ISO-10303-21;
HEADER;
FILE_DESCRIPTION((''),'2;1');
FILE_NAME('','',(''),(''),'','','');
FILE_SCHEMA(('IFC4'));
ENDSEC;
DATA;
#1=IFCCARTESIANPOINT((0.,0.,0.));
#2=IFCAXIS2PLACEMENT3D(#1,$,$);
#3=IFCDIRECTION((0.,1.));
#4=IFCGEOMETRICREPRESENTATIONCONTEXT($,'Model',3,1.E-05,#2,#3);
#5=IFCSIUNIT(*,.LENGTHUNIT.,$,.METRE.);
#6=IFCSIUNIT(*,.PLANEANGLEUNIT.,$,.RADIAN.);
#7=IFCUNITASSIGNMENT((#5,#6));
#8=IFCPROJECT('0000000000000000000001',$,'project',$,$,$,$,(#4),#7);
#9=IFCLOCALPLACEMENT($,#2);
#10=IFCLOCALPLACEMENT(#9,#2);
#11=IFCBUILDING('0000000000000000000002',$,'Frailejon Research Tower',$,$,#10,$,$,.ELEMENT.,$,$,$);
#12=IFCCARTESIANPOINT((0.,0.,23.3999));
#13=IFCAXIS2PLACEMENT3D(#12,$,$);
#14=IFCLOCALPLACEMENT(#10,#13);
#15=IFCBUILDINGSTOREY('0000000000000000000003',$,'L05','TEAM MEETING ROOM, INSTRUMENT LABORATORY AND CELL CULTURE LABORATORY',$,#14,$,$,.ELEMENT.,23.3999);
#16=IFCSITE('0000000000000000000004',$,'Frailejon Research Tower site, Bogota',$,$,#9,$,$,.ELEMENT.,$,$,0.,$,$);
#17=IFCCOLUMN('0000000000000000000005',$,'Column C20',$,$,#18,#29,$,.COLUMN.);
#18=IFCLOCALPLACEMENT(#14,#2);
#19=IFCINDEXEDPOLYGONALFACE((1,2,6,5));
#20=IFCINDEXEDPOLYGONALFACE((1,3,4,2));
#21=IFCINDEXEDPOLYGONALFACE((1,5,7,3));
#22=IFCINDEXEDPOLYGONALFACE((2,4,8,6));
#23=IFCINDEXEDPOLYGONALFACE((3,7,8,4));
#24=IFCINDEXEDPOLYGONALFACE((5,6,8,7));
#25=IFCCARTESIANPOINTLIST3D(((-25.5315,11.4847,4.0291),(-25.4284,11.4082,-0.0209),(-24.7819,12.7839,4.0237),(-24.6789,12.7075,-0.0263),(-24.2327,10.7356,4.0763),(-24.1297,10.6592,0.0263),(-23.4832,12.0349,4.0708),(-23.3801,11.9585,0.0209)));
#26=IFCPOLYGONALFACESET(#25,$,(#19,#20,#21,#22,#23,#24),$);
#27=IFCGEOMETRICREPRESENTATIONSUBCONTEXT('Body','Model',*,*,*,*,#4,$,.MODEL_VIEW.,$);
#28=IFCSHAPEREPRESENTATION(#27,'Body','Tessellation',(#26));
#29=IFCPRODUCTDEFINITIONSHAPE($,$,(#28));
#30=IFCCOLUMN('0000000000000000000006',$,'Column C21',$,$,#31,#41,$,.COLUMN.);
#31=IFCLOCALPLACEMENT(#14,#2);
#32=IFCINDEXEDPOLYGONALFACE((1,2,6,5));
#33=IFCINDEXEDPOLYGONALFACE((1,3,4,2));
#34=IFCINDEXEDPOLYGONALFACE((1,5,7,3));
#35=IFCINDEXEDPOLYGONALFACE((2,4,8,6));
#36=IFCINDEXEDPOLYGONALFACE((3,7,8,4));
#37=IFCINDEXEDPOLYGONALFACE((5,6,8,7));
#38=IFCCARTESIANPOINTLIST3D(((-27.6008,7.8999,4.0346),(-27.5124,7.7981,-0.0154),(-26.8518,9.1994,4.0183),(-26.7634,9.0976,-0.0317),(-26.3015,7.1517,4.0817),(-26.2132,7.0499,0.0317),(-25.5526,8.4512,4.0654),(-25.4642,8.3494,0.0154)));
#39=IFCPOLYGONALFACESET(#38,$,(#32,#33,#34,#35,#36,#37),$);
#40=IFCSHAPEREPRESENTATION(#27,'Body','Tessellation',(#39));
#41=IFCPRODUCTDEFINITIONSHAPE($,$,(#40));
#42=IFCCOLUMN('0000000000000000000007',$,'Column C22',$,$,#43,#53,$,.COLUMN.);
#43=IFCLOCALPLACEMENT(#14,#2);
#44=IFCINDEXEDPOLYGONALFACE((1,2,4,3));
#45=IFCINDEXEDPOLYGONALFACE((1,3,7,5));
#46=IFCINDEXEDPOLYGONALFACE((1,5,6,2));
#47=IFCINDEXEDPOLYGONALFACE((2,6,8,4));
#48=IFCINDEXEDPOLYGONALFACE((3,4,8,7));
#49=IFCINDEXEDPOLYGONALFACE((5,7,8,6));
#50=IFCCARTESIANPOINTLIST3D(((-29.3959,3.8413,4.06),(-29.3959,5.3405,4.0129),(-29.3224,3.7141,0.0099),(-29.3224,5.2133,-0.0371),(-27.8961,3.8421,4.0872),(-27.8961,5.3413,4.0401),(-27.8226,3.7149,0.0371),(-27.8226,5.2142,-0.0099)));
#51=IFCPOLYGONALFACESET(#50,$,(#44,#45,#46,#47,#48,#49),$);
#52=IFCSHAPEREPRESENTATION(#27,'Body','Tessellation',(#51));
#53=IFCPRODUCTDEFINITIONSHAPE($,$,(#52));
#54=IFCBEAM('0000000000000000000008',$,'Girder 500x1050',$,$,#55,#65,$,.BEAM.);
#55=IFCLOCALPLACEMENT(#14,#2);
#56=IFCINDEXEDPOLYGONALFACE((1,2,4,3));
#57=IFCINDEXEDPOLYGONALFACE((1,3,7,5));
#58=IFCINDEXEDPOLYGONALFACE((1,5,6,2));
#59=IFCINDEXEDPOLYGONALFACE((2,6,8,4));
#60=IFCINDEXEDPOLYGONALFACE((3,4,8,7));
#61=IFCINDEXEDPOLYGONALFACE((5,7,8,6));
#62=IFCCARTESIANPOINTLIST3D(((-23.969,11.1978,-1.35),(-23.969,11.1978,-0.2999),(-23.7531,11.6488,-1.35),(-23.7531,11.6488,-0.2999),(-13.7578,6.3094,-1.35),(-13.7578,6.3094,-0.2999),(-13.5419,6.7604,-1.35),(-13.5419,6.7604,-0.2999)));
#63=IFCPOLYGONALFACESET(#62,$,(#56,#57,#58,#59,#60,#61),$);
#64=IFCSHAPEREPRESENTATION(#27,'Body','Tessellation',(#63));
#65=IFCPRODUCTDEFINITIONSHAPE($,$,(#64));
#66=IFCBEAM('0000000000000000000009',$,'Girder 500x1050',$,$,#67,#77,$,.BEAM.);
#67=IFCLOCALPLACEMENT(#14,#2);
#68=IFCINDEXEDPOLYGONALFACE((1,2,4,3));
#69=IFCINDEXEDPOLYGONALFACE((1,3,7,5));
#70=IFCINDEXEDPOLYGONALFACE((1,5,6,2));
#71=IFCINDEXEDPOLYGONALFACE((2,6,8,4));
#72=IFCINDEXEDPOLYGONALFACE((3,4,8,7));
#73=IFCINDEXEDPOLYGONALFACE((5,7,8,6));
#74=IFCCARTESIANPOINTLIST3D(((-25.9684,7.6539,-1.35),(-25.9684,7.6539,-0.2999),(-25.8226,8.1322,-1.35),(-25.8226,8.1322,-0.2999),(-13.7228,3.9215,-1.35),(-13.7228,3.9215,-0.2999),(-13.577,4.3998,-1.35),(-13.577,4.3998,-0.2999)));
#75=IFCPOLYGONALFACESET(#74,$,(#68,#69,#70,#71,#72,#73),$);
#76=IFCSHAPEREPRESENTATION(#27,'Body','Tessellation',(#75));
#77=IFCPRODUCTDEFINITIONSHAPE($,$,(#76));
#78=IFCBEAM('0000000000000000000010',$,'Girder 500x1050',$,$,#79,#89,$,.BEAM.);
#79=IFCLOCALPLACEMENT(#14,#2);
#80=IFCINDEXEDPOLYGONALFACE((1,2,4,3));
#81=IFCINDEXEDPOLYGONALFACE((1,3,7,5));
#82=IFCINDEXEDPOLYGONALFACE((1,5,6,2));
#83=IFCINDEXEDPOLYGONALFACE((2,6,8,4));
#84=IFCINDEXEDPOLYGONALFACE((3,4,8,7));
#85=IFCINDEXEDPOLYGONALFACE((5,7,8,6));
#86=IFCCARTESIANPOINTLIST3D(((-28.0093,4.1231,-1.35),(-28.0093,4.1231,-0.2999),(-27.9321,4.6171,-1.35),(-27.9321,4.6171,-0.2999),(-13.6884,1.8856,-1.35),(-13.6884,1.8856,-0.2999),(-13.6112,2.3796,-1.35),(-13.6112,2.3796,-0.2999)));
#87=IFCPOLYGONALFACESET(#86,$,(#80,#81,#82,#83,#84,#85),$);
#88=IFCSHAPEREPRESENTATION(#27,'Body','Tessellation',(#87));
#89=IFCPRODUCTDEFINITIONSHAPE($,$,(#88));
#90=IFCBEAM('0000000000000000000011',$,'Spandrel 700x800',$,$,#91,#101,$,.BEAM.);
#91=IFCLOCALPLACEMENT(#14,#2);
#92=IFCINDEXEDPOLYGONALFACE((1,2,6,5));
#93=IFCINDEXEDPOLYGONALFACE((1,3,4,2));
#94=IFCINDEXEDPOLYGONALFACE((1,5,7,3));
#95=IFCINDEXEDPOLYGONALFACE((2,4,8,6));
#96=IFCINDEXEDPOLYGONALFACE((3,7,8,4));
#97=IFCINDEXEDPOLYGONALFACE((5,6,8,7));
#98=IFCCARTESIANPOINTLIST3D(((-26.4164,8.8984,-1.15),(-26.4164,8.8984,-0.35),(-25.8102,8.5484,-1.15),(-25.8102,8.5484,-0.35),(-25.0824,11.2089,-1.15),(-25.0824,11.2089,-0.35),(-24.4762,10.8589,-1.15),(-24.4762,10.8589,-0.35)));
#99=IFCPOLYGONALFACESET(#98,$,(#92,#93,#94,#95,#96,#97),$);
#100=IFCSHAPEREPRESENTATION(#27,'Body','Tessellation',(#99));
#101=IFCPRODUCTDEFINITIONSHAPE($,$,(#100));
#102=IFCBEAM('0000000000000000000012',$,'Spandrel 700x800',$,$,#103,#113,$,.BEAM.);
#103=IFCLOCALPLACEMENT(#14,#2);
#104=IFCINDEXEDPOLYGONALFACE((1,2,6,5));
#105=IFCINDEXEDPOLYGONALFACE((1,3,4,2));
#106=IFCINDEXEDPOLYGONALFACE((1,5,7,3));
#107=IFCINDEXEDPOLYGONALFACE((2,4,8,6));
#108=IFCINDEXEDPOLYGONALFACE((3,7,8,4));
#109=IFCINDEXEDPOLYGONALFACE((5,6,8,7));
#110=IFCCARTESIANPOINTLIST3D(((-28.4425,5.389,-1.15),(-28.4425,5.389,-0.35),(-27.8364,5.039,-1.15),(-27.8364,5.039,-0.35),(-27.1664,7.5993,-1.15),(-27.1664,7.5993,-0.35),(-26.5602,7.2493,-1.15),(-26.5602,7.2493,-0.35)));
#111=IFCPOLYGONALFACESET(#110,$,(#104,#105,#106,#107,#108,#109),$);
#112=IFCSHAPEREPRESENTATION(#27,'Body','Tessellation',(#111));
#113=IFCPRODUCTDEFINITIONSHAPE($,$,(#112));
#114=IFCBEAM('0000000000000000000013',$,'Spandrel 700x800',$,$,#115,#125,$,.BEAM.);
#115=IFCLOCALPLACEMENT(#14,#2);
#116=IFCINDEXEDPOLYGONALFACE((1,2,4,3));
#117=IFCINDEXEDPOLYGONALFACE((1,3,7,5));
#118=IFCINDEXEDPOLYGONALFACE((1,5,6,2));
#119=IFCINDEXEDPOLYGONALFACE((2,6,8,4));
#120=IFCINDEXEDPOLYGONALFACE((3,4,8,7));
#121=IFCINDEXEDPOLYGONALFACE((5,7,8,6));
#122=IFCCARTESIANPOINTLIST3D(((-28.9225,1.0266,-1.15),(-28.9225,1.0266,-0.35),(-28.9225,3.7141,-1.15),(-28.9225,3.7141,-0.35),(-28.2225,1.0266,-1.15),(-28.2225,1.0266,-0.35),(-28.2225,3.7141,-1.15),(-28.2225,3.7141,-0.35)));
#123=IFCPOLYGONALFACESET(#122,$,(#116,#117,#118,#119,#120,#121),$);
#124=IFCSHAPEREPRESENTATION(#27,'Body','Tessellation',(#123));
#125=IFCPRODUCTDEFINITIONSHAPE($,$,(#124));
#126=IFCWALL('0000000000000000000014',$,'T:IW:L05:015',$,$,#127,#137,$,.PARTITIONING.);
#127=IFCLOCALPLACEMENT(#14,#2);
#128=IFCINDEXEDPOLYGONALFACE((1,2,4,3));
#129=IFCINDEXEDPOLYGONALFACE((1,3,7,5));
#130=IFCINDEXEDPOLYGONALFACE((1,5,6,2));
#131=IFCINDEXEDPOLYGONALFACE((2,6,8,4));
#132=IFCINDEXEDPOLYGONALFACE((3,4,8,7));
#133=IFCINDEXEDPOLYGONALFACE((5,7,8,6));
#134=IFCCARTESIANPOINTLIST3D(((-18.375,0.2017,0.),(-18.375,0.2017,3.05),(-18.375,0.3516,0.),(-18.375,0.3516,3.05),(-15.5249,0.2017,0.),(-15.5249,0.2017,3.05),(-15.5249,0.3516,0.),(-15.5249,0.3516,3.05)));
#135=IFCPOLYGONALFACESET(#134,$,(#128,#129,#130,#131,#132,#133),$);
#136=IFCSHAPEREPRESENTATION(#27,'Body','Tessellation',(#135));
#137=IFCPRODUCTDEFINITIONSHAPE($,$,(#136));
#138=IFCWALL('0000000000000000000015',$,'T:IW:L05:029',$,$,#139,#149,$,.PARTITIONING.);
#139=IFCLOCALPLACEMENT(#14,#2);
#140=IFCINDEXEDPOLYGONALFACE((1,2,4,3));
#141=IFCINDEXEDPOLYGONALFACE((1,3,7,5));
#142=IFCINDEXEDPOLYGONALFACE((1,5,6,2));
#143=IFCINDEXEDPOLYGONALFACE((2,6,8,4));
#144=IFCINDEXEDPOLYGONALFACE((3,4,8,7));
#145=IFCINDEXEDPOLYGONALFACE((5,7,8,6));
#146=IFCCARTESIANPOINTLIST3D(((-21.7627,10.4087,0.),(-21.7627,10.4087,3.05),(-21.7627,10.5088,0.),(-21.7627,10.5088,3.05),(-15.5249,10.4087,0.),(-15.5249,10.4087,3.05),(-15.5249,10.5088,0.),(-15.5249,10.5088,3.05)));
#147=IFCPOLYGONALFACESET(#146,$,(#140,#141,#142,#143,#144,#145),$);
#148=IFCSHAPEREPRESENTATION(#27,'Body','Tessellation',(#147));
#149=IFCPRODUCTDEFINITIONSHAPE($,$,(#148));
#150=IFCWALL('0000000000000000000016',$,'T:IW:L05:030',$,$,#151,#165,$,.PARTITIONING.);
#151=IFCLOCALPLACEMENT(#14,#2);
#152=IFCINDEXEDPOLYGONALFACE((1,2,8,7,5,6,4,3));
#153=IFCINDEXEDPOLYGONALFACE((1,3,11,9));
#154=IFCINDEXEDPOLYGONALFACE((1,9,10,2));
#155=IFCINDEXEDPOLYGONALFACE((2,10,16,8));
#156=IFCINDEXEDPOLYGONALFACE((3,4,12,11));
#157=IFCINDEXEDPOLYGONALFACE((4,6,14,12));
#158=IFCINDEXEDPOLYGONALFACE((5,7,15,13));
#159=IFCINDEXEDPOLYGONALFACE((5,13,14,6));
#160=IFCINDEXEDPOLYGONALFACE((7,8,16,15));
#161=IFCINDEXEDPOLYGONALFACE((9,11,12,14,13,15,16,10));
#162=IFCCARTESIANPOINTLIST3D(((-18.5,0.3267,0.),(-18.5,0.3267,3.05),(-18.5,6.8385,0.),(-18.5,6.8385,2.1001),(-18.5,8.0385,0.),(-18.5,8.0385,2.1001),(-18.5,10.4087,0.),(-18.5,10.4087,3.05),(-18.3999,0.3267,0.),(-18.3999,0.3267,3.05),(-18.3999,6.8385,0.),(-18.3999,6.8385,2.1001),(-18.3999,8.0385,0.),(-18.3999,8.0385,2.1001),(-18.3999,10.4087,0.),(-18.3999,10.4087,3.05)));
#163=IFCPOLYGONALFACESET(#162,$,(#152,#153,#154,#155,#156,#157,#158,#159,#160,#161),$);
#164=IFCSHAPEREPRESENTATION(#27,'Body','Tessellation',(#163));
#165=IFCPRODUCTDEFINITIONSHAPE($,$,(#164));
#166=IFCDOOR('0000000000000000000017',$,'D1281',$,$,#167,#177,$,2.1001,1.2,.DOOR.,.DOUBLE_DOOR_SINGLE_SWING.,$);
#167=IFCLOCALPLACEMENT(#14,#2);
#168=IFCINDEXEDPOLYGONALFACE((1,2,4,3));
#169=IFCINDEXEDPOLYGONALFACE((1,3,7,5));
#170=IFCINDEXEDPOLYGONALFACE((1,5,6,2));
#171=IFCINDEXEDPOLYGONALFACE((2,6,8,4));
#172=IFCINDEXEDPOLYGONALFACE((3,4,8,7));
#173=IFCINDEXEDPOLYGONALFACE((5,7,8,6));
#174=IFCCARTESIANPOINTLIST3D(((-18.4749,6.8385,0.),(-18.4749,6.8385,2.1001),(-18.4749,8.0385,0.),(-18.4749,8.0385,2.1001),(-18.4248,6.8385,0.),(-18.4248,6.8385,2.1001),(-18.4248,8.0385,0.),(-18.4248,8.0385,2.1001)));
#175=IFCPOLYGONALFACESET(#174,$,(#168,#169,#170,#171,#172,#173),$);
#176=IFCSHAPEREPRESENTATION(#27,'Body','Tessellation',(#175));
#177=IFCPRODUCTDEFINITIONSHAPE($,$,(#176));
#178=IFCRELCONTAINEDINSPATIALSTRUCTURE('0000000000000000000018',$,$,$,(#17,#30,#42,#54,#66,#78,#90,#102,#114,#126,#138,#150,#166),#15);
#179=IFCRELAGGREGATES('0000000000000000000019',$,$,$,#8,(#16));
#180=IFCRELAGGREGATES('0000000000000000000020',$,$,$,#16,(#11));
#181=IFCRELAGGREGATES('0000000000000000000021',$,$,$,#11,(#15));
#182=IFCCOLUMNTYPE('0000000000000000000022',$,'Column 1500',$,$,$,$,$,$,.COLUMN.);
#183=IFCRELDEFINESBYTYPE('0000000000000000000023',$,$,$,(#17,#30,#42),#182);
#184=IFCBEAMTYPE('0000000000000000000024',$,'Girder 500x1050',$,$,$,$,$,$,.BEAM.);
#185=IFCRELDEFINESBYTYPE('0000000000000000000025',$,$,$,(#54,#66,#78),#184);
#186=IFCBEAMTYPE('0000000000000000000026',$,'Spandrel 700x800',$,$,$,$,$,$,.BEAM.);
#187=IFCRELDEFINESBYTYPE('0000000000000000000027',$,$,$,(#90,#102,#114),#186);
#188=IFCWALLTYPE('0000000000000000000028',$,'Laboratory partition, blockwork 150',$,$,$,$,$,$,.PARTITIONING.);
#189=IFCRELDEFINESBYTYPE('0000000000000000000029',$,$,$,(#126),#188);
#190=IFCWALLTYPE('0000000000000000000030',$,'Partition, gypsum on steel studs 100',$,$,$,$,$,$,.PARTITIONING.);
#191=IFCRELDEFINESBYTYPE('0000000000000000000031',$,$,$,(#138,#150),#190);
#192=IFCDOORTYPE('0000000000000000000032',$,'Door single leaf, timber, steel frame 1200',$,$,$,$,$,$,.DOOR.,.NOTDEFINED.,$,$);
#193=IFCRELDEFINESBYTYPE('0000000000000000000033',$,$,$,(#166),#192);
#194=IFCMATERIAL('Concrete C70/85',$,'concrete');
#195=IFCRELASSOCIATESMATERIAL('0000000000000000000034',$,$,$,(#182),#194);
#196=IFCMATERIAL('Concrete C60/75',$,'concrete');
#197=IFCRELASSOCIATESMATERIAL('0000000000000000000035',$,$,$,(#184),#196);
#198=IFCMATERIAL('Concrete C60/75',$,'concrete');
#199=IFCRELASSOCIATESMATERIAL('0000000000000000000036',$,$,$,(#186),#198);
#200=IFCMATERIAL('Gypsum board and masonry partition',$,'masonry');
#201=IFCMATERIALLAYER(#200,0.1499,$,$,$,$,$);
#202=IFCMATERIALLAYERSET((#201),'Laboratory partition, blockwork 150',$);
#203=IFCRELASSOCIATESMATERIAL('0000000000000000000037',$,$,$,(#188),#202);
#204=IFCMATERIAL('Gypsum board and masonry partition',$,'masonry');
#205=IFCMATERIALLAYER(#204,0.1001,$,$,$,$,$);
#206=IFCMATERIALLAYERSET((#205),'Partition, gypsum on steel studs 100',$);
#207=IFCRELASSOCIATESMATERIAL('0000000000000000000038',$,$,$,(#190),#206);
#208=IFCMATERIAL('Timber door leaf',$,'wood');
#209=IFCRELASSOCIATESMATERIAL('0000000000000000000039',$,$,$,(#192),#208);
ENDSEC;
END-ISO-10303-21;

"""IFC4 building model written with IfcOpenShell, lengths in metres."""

from ifc_helpers import new_model, si_unit, direction, frame, frame_2d, origin, origin_2d, place, context, subcontext, project, spatial, rectangle, extrude, material, layer, layer_set, material_profile, profile_set, type_object, element, fill, save


model = new_model("IFC4")

# Units and contexts
model_context = context("Model", 3, precision=1e-05, world=origin(), true_north=direction((0.0, 1.0)))
body_context = subcontext(model_context, "Body", "Model", "MODEL_VIEW")
ifc_project = project(units=[si_unit("LENGTHUNIT", "METRE"), si_unit("PLANEANGLEUNIT", "RADIAN")], contexts=[model_context])

# Site, building, storey
site_placement = place(None, origin())
site = spatial("IfcSite", under=ifc_project, at=site_placement, Name="Frailejon Research Tower site, Bogota", CompositionType="ELEMENT", RefElevation=0.0)
building_placement = place(site_placement, origin())
building = spatial("IfcBuilding", under=site, at=building_placement, Name="Frailejon Research Tower", CompositionType="ELEMENT")
storey_placement = place(building_placement, frame((0.0, 0.0, 23.3999)))
storey = spatial("IfcBuildingStorey", under=building, at=storey_placement, Name="L05", Description="TEAM MEETING ROOM, INSTRUMENT LABORATORY AND CELL CULTURE LABORATORY", CompositionType="ELEMENT", Elevation=23.3999)

# Columns
ifc_material_1 = material(Name="Concrete C70/85", Category="concrete")
ifc_material_profile_1 = material_profile(ifc_material_1, rectangle(XDim=1.5, YDim=1.5, at=origin_2d()), Name="Column 1500")
ifc_profile_set_1 = profile_set([ifc_material_profile_1], Name="Concrete C70/85")
column_type = type_object("IfcColumnType", Name="Column 1500", PredefinedType="COLUMN", material=ifc_profile_set_1)
column_1_placement = place(storey_placement, frame((-24.4043, 11.6833, 0.0), z_axis=(-0.025426, 0.018858, 0.999499), x_axis=(-0.49971, -0.866185, 0.003631)))
element("IfcColumn", 1, at=column_1_placement, inside=storey, type_object=column_type, Name="Column C20", PredefinedType="COLUMN", context=body_context, shape_type="SweptSolid", body=[
    extrude(rectangle(XDim=1.5, YDim=1.5, at=origin_2d()), origin(), (0.0, 0.0, 1.0), 4.052),
])
column_2_placement = place(storey_placement, frame((-26.4883, 8.0737, 0.0), z_axis=(-0.02181, 0.025123, 0.999446), x_axis=(-0.499317, -0.866351, 0.010882)))
element("IfcColumn", 2, at=column_2_placement, inside=storey, type_object=column_type, Name="Column C21", PredefinedType="COLUMN", context=body_context, shape_type="SweptSolid", body=[
    extrude(rectangle(XDim=1.5, YDim=1.5, at=origin_2d()), origin(), (0.0, 0.0, 1.0), 4.0522),
])
column_3_placement = place(storey_placement, frame((-28.5725, 4.4641, 0.0), z_axis=(-0.018133, 0.031386, 0.999343), x_axis=(-0.000022, -0.999507, 0.03139)))
element("IfcColumn", 3, at=column_3_placement, inside=storey, type_object=column_type, Name="Column C22", PredefinedType="COLUMN", context=body_context, shape_type="SweptSolid", body=[
    extrude(rectangle(XDim=1.5, YDim=1.5, at=origin_2d()), origin(), (0.0, 0.0, 1.0), 4.0527),
])

# Beams
ifc_material_2 = material(Name="Concrete C60/75", Category="concrete")
ifc_material_profile_2 = material_profile(ifc_material_2, rectangle(XDim=0.5, YDim=1.05, at=origin_2d()), Name="Girder 500x1050")
ifc_profile_set_2 = profile_set([ifc_material_profile_2], Name="Concrete C60/75")
beam_type_1 = type_object("IfcBeamType", Name="Girder 500x1050", PredefinedType="BEAM", material=ifc_profile_set_2)
beam_1_placement = place(storey_placement, frame((-23.8611, 11.4233, -0.825), z_axis=(0.901968, -0.431802, 0.0), x_axis=(0.431802, 0.901968, 0.0)))
element("IfcBeam", 4, at=beam_1_placement, inside=storey, type_object=beam_type_1, Name="Girder 500x1050", PredefinedType="BEAM", context=body_context, shape_type="SweptSolid", body=[
    extrude(rectangle(XDim=0.5, YDim=1.05, at=origin_2d()), origin(), (0.0, 0.0, 1.0), 11.321),
])
beam_2_placement = place(storey_placement, frame((-25.8955, 7.8931, -0.825), z_axis=(0.956554, -0.291555, 0.0), x_axis=(0.291555, 0.956554, 0.0)))
element("IfcBeam", 5, at=beam_2_placement, inside=storey, type_object=beam_type_1, Name="Girder 500x1050", PredefinedType="BEAM", context=body_context, shape_type="SweptSolid", body=[
    extrude(rectangle(XDim=0.5, YDim=1.05, at=origin_2d()), origin(), (0.0, 0.0, 1.0), 12.8018),
])
beam_3_placement = place(storey_placement, frame((-27.9707, 4.3701, -0.825), z_axis=(0.988013, -0.154372, 0.0), x_axis=(0.154372, 0.988013, 0.0)))
element("IfcBeam", 6, at=beam_3_placement, inside=storey, type_object=beam_type_1, Name="Girder 500x1050", PredefinedType="BEAM", context=body_context, shape_type="SweptSolid", body=[
    extrude(rectangle(XDim=0.5, YDim=1.05, at=origin_2d()), origin(), (0.0, 0.0, 1.0), 14.4946),
])
ifc_material_3 = material(Name="Concrete C60/75", Category="concrete")
ifc_material_profile_3 = material_profile(ifc_material_3, rectangle(XDim=0.7, YDim=0.8, at=origin_2d()), Name="Spandrel 700x800")
ifc_profile_set_3 = profile_set([ifc_material_profile_3], Name="Concrete C60/75")
beam_type_2 = type_object("IfcBeamType", Name="Spandrel 700x800", PredefinedType="BEAM", material=ifc_profile_set_3)
beam_4_placement = place(storey_placement, frame((-24.7793, 11.0339, -0.75), z_axis=(-0.499997, -0.866027, 0.0), x_axis=(0.866027, -0.499997, 0.0)))
element("IfcBeam", 7, at=beam_4_placement, inside=storey, type_object=beam_type_2, Name="Spandrel 700x800", PredefinedType="BEAM", context=body_context, shape_type="SweptSolid", body=[
    extrude(rectangle(XDim=0.7, YDim=0.8, at=origin_2d()), origin(), (0.0, 0.0, 1.0), 2.668),
])
beam_5_placement = place(storey_placement, frame((-26.8633, 7.4243, -0.75), z_axis=(-0.500018, -0.866015, 0.0), x_axis=(0.866015, -0.500018, 0.0)))
element("IfcBeam", 8, at=beam_5_placement, inside=storey, type_object=beam_type_2, Name="Spandrel 700x800", PredefinedType="BEAM", context=body_context, shape_type="SweptSolid", body=[
    extrude(rectangle(XDim=0.7, YDim=0.8, at=origin_2d()), origin(), (0.0, 0.0, 1.0), 2.5522),
])
beam_6_placement = place(storey_placement, frame((-28.5725, 3.7141, -0.75), z_axis=(0.0, -1.0, 0.0), x_axis=(1.0, 0.0, 0.0)))
element("IfcBeam", 9, at=beam_6_placement, inside=storey, type_object=beam_type_2, Name="Spandrel 700x800", PredefinedType="BEAM", context=body_context, shape_type="SweptSolid", body=[
    extrude(rectangle(XDim=0.7, YDim=0.8, at=origin_2d()), origin(), (0.0, 0.0, 1.0), 2.6875),
])

# Walls
ifc_material_4 = material(Name="Gypsum board and masonry partition", Category="masonry")
ifc_layer_1 = layer(ifc_material_4, 0.1499)
ifc_layer_set_1 = layer_set([ifc_layer_1], Name="Laboratory partition, blockwork 150")
wall_type_1 = type_object("IfcWallType", Name="Laboratory partition, blockwork 150", PredefinedType="PARTITIONING", material=ifc_layer_set_1)
wall_1_placement = place(storey_placement, frame((-18.375, 0.2766, 0.0), z_axis=(0.0, 0.0, 1.0), x_axis=(1.0, 0.0, 0.0)))
element("IfcWall", 10, at=wall_1_placement, inside=storey, type_object=wall_type_1, Name="T:IW:L05:015", PredefinedType="PARTITIONING", context=body_context, shape_type="SweptSolid", body=[
    extrude(rectangle(XDim=2.8501, YDim=0.1499, at=frame_2d((1.425, 0.0))), origin(), (0.0, 0.0, 1.0), 3.05),
])
ifc_material_5 = material(Name="Gypsum board and masonry partition", Category="masonry")
ifc_layer_2 = layer(ifc_material_5, 0.1001)
ifc_layer_set_2 = layer_set([ifc_layer_2], Name="Partition, gypsum on steel studs 100")
wall_type_2 = type_object("IfcWallType", Name="Partition, gypsum on steel studs 100", PredefinedType="PARTITIONING", material=ifc_layer_set_2)
wall_2_placement = place(storey_placement, frame((-21.7627, 10.4587, 0.0), z_axis=(0.0, 0.0, 1.0), x_axis=(1.0, 0.0, 0.0)))
element("IfcWall", 11, at=wall_2_placement, inside=storey, type_object=wall_type_2, Name="T:IW:L05:029", PredefinedType="PARTITIONING", context=body_context, shape_type="SweptSolid", body=[
    extrude(rectangle(XDim=6.2378, YDim=0.1001, at=frame_2d((3.1189, 0.0))), origin(), (0.0, 0.0, 1.0), 3.05),
])

# Wall, opening, door
wall_3_placement = place(storey_placement, frame((-18.45, 0.3267, 0.0), z_axis=(0.0, 0.0, 1.0), x_axis=(0.0, 1.0, 0.0)))
wall_3 = element("IfcWall", 12, at=wall_3_placement, inside=storey, type_object=wall_type_2, Name="T:IW:L05:030", PredefinedType="PARTITIONING", context=body_context, shape_type="SweptSolid", body=[
    extrude(rectangle(XDim=10.082, YDim=0.1001, at=frame_2d((5.041, 0.0))), origin(), (0.0, 0.0, 1.0), 3.05),
])
opening_1_placement = place(wall_3_placement, frame((6.5117, 0.0, 0.0)))
opening_1 = element("IfcOpeningElement", 13, at=opening_1_placement, cuts=wall_3, PredefinedType="OPENING", context=body_context, shape_type="SweptSolid", body=[
    extrude(rectangle(XDim=1.2, YDim=2.1001, at=frame_2d((0.6001, 1.05))), frame((0.0, 0.0601, 0.0), z_axis=(0.0, -1.0, 0.0), x_axis=(1.0, 0.0, 0.0)), (0.0, 0.0, 1.0), 0.1201),
])
ifc_material_6 = material(Name="Timber door leaf", Category="wood")
door_type_1 = type_object("IfcDoorType", Name="Door single leaf, timber, steel frame 1200", OperationType="NOTDEFINED", PredefinedType="DOOR", material=ifc_material_6)
door_1_placement = place(opening_1_placement, origin())
door_1 = element("IfcDoor", 14, at=door_1_placement, inside=storey, type_object=door_type_1, Name="D1281", OperationType="DOUBLE_DOOR_SINGLE_SWING", OverallHeight=2.1001, OverallWidth=1.2, PredefinedType="DOOR", context=body_context, shape_type="SweptSolid", body=[
    extrude(rectangle(XDim=1.2, YDim=2.1001, at=frame_2d((0.6001, 1.05))), frame((0.0, 0.0249, 0.0), z_axis=(0.0, -1.0, 0.0), x_axis=(1.0, 0.0, 0.0)), (0.0, 0.0, 1.0), 0.05),
])
fill(opening_1, door_1)

save(model, "model.ifc")
